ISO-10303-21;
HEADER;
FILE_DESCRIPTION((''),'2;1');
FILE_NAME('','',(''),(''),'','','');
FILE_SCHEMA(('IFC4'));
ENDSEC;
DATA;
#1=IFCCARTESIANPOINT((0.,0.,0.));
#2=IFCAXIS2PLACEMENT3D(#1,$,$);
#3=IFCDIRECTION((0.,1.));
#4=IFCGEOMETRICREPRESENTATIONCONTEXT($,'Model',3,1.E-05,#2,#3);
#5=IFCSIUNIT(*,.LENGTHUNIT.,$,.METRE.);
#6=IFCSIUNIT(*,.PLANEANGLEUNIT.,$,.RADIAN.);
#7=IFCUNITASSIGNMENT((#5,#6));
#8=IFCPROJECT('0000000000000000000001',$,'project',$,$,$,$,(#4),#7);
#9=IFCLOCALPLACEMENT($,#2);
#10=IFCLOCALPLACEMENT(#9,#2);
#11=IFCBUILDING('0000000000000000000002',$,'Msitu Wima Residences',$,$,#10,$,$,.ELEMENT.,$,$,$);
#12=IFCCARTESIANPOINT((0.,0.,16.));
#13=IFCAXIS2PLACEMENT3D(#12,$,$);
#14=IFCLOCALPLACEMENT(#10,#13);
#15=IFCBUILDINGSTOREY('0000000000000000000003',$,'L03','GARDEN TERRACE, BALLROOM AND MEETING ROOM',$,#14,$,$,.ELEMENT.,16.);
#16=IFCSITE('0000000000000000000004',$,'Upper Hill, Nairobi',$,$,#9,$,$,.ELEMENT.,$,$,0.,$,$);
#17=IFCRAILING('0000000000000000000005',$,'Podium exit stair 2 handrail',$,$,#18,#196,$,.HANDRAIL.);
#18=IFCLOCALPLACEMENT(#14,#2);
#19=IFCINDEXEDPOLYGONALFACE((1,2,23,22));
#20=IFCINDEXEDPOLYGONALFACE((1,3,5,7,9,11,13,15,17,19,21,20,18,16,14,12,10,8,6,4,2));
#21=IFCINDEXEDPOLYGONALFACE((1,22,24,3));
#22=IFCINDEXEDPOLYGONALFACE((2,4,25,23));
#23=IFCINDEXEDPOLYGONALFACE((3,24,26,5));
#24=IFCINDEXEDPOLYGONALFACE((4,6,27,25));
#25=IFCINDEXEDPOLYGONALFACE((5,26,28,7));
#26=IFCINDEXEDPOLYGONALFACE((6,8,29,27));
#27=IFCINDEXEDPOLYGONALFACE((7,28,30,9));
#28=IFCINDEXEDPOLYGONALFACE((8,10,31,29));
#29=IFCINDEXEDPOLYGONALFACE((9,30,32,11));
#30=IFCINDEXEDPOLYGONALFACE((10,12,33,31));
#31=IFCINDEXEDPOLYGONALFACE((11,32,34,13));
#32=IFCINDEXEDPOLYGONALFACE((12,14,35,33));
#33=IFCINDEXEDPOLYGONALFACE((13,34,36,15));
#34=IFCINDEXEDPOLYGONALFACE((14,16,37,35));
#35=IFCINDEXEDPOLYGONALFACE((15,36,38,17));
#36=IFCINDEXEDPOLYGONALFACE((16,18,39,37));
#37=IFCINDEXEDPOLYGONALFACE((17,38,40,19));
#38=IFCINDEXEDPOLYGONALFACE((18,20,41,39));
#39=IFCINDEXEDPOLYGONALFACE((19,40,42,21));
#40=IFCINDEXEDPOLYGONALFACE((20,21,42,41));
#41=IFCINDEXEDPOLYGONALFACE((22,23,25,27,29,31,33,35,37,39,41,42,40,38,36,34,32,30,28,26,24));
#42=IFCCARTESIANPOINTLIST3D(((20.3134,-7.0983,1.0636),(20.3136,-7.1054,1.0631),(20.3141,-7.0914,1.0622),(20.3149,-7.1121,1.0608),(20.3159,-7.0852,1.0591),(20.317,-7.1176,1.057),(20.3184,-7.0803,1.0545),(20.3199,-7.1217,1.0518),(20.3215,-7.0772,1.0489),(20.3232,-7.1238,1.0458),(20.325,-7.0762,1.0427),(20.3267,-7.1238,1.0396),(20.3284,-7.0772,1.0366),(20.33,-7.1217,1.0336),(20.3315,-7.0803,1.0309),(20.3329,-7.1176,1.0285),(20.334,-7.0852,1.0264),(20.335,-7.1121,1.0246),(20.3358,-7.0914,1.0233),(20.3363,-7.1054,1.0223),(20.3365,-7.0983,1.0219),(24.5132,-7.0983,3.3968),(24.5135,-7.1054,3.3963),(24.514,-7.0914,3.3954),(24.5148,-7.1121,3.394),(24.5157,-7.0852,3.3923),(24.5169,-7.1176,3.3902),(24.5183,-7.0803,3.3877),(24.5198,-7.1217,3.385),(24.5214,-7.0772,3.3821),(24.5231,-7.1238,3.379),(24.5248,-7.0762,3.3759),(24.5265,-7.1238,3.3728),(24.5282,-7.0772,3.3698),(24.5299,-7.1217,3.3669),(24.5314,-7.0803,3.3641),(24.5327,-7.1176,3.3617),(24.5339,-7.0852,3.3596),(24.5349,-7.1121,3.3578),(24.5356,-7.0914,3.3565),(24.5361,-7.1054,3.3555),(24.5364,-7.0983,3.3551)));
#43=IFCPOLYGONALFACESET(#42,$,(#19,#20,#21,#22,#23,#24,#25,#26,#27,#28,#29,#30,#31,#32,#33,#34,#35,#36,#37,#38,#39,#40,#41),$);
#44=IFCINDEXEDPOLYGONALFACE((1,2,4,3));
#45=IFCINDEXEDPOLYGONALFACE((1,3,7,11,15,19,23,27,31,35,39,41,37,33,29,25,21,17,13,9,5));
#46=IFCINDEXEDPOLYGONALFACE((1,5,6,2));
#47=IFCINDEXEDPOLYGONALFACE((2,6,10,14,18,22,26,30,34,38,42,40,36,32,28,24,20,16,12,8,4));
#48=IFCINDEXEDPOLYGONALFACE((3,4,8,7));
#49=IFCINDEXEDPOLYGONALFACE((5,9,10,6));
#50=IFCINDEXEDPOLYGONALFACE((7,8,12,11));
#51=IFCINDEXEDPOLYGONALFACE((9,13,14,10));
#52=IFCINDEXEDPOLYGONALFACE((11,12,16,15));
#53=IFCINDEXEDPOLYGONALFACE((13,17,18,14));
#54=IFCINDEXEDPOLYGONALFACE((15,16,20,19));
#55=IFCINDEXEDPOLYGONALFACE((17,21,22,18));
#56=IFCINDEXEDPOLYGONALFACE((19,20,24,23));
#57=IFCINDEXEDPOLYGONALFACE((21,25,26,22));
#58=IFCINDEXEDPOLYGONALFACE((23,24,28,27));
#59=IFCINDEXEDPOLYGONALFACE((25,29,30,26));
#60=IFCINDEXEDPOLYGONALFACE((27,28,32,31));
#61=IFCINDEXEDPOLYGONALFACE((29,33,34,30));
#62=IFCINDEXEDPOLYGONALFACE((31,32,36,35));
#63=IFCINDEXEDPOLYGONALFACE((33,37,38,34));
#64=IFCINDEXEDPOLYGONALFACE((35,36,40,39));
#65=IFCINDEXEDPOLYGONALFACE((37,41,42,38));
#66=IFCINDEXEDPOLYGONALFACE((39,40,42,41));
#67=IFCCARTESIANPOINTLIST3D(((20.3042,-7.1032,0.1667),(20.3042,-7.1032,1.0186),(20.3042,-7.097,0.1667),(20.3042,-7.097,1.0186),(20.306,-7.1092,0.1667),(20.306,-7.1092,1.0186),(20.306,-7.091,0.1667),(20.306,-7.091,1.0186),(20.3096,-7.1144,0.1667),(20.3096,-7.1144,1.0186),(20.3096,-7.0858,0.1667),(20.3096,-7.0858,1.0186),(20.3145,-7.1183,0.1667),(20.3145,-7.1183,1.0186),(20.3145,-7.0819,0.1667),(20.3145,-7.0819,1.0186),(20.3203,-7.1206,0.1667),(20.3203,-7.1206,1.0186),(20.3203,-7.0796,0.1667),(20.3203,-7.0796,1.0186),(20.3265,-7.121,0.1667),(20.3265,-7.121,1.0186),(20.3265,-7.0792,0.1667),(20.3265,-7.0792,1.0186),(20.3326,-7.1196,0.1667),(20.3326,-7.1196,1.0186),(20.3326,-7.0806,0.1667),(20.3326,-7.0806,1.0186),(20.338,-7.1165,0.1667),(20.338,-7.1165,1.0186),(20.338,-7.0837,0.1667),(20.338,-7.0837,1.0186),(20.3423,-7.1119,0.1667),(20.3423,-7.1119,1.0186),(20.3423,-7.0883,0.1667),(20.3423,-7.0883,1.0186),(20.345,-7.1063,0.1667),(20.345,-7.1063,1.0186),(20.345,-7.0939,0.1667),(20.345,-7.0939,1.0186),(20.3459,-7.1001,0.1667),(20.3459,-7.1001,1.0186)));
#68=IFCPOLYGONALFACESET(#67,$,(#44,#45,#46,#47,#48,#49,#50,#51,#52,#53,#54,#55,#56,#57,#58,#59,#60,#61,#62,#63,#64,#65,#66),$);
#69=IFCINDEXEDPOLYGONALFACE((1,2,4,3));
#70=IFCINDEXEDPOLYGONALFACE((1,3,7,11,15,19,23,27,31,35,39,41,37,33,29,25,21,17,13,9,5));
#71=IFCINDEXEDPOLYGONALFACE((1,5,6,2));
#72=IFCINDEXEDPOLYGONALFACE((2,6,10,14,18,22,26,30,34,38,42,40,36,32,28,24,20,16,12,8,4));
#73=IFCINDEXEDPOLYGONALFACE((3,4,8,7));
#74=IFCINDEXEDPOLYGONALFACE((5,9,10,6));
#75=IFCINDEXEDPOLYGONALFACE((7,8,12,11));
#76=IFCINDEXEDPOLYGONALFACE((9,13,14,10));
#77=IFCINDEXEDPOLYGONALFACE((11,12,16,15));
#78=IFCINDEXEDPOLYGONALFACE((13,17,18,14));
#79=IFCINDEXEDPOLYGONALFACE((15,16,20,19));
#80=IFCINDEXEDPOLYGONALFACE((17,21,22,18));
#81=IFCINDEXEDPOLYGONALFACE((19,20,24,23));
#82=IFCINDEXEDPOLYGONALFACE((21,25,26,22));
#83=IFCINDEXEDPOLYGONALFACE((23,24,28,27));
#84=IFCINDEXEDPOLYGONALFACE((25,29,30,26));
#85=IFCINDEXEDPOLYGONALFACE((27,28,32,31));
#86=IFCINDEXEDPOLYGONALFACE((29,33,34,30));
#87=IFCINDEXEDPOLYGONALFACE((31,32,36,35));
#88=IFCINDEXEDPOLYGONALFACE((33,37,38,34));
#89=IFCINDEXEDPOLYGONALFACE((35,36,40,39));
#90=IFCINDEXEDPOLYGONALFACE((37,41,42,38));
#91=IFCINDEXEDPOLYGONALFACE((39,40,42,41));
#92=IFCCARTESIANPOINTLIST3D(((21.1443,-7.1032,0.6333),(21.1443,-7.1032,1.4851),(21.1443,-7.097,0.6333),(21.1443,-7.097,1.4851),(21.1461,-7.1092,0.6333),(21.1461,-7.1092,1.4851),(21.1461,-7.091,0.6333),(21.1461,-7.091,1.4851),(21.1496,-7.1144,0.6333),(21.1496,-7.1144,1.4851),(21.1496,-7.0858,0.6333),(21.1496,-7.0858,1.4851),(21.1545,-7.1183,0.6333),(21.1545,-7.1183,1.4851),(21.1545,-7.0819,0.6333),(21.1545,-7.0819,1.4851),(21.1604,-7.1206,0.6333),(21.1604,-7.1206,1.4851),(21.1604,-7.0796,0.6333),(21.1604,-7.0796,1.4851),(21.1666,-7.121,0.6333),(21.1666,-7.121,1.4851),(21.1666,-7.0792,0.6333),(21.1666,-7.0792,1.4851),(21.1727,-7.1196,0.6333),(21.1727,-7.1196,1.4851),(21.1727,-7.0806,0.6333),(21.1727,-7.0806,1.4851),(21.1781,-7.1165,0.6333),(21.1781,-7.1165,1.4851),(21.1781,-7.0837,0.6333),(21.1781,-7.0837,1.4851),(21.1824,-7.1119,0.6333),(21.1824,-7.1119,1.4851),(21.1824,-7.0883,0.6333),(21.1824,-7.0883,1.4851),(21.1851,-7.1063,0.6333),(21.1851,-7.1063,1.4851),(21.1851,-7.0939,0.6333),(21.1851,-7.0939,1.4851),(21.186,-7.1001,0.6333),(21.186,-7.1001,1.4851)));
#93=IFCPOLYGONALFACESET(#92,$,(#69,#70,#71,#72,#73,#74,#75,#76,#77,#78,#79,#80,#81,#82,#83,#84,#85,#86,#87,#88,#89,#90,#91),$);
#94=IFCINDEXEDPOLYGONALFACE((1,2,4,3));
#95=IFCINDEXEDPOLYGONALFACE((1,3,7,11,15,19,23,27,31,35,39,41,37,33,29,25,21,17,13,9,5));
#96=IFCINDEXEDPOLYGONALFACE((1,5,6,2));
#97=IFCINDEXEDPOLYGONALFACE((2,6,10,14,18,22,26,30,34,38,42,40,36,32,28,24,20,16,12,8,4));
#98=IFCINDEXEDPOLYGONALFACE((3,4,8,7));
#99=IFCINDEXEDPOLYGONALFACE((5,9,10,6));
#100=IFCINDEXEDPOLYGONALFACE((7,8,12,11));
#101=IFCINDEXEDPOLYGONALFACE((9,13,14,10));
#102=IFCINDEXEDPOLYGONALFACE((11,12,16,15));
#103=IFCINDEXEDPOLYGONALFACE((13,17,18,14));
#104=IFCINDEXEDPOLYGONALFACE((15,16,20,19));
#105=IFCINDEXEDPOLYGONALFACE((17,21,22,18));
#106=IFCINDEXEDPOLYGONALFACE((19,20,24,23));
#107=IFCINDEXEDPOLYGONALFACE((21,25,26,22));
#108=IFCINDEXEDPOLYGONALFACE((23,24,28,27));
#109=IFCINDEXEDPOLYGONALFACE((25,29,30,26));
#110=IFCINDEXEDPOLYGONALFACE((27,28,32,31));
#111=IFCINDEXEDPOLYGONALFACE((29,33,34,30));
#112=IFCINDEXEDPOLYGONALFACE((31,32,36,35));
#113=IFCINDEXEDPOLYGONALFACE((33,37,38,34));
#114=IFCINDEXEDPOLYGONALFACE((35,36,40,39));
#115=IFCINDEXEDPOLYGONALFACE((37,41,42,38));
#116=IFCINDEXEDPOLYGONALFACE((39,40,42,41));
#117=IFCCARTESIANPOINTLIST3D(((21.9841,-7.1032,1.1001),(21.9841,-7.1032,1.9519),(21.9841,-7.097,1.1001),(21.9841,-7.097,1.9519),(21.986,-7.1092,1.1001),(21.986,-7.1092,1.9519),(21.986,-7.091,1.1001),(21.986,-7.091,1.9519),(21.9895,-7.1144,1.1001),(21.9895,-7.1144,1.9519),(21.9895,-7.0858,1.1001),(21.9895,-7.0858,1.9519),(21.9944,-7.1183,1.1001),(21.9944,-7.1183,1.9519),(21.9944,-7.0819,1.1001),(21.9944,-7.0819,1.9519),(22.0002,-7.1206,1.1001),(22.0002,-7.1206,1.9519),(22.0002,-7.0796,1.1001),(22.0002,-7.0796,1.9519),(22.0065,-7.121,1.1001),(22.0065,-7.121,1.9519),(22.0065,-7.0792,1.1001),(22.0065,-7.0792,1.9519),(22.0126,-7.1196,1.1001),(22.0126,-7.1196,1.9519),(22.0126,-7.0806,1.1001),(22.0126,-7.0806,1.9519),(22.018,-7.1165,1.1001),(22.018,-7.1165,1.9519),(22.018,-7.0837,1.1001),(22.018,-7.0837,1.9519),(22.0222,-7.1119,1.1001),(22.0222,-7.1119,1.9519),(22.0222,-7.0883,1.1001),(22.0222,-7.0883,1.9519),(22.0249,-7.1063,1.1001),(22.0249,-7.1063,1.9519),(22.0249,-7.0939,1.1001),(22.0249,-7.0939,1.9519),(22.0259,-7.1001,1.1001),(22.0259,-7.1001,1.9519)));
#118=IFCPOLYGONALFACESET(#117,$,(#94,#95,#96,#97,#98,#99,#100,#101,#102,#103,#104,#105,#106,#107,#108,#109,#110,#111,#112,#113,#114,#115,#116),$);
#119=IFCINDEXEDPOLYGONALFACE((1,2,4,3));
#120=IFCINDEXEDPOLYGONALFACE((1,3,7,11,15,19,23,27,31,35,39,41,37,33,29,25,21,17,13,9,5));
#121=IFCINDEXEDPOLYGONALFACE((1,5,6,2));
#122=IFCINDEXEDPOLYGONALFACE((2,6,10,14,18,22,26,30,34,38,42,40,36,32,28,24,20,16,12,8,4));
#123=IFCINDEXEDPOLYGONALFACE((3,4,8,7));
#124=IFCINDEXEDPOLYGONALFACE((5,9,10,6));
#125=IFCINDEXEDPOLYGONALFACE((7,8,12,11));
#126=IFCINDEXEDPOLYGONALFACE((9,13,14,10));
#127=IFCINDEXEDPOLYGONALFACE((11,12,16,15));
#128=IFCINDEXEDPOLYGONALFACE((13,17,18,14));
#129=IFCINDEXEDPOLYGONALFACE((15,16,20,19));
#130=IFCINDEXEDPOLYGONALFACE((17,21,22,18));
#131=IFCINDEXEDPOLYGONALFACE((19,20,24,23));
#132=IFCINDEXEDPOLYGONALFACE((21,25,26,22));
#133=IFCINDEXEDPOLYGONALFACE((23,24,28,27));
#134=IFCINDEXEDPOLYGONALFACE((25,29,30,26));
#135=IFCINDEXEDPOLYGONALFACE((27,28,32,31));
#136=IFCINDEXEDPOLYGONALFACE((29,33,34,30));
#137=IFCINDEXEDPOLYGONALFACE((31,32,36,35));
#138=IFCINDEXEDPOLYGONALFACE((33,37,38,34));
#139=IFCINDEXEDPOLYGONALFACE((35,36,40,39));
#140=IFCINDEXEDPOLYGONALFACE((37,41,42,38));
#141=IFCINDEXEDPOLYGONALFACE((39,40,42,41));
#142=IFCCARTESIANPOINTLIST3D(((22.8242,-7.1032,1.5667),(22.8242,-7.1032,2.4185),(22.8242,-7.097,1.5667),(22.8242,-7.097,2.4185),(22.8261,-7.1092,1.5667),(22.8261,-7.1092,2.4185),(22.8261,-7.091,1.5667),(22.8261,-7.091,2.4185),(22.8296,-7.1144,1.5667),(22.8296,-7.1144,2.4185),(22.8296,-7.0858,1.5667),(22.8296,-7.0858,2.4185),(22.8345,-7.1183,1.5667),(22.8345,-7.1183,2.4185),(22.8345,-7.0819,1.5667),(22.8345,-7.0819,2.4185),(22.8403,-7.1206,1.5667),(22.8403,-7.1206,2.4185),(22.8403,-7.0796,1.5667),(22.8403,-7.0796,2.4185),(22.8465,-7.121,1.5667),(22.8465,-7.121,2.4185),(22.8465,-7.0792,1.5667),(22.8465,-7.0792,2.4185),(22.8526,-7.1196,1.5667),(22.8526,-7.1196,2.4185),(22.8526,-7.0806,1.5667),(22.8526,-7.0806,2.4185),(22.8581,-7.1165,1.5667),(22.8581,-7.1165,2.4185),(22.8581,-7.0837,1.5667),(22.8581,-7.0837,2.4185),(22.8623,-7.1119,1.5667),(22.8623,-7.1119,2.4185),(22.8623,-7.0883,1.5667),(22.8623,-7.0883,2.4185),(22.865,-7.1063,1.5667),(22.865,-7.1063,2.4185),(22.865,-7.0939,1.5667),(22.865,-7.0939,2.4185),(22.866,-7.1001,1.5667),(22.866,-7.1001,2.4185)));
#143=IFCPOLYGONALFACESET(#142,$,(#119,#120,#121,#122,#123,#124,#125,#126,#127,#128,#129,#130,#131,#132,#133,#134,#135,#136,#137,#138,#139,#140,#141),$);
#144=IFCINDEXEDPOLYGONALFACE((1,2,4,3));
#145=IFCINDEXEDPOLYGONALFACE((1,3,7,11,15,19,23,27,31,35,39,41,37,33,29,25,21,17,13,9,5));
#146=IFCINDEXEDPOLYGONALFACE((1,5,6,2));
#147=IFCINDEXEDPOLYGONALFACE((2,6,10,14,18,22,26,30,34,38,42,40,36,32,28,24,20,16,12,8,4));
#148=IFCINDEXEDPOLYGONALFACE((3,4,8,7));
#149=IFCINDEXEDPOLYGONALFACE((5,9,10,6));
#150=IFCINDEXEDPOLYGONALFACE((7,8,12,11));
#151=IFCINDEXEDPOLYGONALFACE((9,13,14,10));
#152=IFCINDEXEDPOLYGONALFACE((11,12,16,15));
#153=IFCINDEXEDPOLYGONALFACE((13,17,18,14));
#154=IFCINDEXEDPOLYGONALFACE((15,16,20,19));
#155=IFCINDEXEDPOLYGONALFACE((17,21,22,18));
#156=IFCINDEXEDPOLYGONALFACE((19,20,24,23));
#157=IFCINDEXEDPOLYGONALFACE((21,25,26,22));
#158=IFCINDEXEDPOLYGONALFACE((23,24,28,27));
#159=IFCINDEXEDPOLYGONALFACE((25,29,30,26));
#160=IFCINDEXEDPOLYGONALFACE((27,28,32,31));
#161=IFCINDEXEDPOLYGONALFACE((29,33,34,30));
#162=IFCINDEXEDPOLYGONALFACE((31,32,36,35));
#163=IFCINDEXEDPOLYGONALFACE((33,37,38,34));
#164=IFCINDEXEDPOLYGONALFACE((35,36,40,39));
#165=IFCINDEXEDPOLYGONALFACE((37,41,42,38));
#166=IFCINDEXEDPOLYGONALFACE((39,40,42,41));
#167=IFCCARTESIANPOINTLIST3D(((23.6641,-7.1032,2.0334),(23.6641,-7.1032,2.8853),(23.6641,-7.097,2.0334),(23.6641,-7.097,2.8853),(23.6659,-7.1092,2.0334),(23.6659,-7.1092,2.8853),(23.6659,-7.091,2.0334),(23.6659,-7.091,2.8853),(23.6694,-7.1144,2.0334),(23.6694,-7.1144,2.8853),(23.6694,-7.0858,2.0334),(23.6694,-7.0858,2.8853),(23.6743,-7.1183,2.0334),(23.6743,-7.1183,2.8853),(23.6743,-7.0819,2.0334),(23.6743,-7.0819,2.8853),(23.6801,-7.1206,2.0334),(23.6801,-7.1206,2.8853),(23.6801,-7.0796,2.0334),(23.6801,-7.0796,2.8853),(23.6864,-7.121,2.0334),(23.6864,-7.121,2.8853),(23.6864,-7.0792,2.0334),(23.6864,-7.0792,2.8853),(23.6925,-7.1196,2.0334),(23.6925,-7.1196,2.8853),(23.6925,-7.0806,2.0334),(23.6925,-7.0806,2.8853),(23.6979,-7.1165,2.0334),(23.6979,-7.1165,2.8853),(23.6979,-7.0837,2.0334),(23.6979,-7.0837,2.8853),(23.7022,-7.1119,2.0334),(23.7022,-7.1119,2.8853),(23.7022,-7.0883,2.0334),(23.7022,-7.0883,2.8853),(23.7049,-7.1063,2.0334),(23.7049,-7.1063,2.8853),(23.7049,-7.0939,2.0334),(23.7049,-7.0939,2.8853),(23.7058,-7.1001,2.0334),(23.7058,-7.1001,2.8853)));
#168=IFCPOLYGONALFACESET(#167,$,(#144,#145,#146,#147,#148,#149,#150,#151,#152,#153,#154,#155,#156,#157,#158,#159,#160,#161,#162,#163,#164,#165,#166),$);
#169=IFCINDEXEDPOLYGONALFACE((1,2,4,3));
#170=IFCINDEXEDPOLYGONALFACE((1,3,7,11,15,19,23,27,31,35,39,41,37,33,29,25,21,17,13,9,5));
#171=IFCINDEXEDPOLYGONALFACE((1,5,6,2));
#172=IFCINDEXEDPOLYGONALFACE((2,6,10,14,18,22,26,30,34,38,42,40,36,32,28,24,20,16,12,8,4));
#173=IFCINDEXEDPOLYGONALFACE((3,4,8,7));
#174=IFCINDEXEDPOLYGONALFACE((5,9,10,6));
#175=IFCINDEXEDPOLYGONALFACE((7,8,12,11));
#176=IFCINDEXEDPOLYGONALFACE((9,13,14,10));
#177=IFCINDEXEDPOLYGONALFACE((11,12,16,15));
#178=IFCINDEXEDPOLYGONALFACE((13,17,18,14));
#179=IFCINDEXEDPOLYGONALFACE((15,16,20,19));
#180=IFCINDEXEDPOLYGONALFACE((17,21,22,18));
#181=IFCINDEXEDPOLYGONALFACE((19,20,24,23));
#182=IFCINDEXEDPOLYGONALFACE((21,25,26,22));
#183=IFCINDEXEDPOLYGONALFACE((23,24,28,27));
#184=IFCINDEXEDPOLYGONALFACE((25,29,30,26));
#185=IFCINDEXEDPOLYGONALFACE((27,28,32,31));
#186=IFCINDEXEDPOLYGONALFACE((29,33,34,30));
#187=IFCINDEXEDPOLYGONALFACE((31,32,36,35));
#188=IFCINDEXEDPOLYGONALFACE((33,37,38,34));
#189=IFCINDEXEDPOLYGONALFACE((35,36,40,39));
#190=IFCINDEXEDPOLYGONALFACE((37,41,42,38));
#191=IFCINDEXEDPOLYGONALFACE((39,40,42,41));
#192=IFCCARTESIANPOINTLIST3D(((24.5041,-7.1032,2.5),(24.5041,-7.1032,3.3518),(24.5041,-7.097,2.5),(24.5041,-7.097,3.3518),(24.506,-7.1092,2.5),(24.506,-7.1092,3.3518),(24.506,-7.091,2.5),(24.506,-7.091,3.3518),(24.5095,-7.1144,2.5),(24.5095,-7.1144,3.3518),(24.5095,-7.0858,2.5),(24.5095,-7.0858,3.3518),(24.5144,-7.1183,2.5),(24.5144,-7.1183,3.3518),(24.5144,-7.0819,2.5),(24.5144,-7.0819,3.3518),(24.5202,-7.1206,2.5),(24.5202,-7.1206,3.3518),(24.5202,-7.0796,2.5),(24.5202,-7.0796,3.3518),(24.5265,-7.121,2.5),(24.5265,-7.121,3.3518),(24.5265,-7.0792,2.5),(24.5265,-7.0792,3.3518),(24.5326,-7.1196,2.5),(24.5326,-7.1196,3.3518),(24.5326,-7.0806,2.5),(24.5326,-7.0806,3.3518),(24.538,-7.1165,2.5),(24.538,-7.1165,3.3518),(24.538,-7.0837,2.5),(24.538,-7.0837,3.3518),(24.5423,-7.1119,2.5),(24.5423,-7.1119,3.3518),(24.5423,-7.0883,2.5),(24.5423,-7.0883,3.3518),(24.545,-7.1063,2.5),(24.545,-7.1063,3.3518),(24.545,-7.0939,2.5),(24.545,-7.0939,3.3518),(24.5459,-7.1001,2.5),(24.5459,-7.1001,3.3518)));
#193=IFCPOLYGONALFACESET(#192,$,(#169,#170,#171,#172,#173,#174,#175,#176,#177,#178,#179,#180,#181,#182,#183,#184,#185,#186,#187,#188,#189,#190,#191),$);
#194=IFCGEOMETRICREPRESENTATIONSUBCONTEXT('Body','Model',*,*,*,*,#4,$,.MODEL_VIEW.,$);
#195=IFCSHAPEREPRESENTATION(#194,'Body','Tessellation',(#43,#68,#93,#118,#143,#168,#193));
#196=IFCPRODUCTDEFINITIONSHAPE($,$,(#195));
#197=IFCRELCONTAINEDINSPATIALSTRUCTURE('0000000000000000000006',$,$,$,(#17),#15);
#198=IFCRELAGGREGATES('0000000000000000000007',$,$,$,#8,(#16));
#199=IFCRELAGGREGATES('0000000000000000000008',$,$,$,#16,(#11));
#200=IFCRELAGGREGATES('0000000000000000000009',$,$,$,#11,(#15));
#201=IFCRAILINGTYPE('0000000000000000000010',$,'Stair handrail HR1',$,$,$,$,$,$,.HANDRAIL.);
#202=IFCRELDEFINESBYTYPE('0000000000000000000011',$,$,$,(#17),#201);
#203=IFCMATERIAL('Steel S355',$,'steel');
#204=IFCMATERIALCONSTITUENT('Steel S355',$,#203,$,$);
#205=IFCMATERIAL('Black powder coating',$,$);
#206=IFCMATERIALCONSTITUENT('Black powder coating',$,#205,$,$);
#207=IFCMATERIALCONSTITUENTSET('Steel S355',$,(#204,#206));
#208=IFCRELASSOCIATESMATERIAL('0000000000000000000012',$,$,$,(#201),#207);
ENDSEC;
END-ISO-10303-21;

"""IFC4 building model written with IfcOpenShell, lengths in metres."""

from ifc_helpers import new_model, si_unit, direction, frame, origin, origin_2d, place, context, subcontext, project, spatial, circle, extrude, material, constituent, constituent_set, type_object, element, save


model = new_model("IFC4")

# Units and contexts
model_context = context("Model", 3, precision=1e-05, world=origin(), true_north=direction((0.0, 1.0)))
body_context = subcontext(model_context, "Body", "Model", "MODEL_VIEW")
ifc_project = project(units=[si_unit("LENGTHUNIT", "METRE"), si_unit("PLANEANGLEUNIT", "RADIAN")], contexts=[model_context])

# Site, building, storey
site_placement = place(None, origin())
site = spatial("IfcSite", under=ifc_project, at=site_placement, Name="Upper Hill, Nairobi", CompositionType="ELEMENT", RefElevation=0.0)
building_placement = place(site_placement, origin())
building = spatial("IfcBuilding", under=site, at=building_placement, Name="Msitu Wima Residences", CompositionType="ELEMENT")
storey_placement = place(building_placement, frame((0.0, 0.0, 16.0)))
storey = spatial("IfcBuildingStorey", under=building, at=storey_placement, Name="L03", Description="GARDEN TERRACE, BALLROOM AND MEETING ROOM", CompositionType="ELEMENT", Elevation=16.0)

# Railing
ifc_material_1 = material(Name="Steel S355", Category="steel")
ifc_constituent_1 = constituent(ifc_material_1, Name="Steel S355")
ifc_material_2 = material(Name="Black powder coating")
ifc_constituent_2 = constituent(ifc_material_2, Name="Black powder coating")
ifc_constituent_set = constituent_set(constituents=[ifc_constituent_1, ifc_constituent_2], Name="Steel S355")
railing_type = type_object("IfcRailingType", Name="Stair handrail HR1", PredefinedType="HANDRAIL", material=ifc_constituent_set)
for number, where, name in (
    (1, (20.325, -7.1001, 0.1667), "Podium exit stair 2 handrail"),
):
    element("IfcRailing", number, at=place(storey_placement, frame(where)), inside=storey, type_object=railing_type, Name=name, PredefinedType="HANDRAIL", context=body_context, shape_type="SweptSolid", body=[
        extrude(circle(Radius=0.0239, at=origin_2d()), frame((0.0, 0.0, 0.876), z_axis=(0.874162, 0.0, 0.485634), x_axis=(0.0, 1.0, 0.0)), (0.0, 0.0, 1.0), 4.8044),
        extrude(circle(Radius=0.021, at=origin_2d()), origin(), (0.0, 0.0, 1.0), 0.8518),
        extrude(circle(Radius=0.021, at=origin_2d()), frame((0.8401, 0.0, 0.4666)), (0.0, 0.0, 1.0), 0.8518),
        extrude(circle(Radius=0.021, at=origin_2d()), frame((1.6799, 0.0, 0.9333)), (0.0, 0.0, 1.0), 0.8518),
        extrude(circle(Radius=0.021, at=origin_2d()), frame((2.52, 0.0, 1.3999)), (0.0, 0.0, 1.0), 0.8518),
        extrude(circle(Radius=0.021, at=origin_2d()), frame((3.3599, 0.0, 1.8667)), (0.0, 0.0, 1.0), 0.8518),
        extrude(circle(Radius=0.021, at=origin_2d()), frame((4.2, 0.0, 2.3333)), (0.0, 0.0, 1.0), 0.8518),
    ])

save(model, "model.ifc")
